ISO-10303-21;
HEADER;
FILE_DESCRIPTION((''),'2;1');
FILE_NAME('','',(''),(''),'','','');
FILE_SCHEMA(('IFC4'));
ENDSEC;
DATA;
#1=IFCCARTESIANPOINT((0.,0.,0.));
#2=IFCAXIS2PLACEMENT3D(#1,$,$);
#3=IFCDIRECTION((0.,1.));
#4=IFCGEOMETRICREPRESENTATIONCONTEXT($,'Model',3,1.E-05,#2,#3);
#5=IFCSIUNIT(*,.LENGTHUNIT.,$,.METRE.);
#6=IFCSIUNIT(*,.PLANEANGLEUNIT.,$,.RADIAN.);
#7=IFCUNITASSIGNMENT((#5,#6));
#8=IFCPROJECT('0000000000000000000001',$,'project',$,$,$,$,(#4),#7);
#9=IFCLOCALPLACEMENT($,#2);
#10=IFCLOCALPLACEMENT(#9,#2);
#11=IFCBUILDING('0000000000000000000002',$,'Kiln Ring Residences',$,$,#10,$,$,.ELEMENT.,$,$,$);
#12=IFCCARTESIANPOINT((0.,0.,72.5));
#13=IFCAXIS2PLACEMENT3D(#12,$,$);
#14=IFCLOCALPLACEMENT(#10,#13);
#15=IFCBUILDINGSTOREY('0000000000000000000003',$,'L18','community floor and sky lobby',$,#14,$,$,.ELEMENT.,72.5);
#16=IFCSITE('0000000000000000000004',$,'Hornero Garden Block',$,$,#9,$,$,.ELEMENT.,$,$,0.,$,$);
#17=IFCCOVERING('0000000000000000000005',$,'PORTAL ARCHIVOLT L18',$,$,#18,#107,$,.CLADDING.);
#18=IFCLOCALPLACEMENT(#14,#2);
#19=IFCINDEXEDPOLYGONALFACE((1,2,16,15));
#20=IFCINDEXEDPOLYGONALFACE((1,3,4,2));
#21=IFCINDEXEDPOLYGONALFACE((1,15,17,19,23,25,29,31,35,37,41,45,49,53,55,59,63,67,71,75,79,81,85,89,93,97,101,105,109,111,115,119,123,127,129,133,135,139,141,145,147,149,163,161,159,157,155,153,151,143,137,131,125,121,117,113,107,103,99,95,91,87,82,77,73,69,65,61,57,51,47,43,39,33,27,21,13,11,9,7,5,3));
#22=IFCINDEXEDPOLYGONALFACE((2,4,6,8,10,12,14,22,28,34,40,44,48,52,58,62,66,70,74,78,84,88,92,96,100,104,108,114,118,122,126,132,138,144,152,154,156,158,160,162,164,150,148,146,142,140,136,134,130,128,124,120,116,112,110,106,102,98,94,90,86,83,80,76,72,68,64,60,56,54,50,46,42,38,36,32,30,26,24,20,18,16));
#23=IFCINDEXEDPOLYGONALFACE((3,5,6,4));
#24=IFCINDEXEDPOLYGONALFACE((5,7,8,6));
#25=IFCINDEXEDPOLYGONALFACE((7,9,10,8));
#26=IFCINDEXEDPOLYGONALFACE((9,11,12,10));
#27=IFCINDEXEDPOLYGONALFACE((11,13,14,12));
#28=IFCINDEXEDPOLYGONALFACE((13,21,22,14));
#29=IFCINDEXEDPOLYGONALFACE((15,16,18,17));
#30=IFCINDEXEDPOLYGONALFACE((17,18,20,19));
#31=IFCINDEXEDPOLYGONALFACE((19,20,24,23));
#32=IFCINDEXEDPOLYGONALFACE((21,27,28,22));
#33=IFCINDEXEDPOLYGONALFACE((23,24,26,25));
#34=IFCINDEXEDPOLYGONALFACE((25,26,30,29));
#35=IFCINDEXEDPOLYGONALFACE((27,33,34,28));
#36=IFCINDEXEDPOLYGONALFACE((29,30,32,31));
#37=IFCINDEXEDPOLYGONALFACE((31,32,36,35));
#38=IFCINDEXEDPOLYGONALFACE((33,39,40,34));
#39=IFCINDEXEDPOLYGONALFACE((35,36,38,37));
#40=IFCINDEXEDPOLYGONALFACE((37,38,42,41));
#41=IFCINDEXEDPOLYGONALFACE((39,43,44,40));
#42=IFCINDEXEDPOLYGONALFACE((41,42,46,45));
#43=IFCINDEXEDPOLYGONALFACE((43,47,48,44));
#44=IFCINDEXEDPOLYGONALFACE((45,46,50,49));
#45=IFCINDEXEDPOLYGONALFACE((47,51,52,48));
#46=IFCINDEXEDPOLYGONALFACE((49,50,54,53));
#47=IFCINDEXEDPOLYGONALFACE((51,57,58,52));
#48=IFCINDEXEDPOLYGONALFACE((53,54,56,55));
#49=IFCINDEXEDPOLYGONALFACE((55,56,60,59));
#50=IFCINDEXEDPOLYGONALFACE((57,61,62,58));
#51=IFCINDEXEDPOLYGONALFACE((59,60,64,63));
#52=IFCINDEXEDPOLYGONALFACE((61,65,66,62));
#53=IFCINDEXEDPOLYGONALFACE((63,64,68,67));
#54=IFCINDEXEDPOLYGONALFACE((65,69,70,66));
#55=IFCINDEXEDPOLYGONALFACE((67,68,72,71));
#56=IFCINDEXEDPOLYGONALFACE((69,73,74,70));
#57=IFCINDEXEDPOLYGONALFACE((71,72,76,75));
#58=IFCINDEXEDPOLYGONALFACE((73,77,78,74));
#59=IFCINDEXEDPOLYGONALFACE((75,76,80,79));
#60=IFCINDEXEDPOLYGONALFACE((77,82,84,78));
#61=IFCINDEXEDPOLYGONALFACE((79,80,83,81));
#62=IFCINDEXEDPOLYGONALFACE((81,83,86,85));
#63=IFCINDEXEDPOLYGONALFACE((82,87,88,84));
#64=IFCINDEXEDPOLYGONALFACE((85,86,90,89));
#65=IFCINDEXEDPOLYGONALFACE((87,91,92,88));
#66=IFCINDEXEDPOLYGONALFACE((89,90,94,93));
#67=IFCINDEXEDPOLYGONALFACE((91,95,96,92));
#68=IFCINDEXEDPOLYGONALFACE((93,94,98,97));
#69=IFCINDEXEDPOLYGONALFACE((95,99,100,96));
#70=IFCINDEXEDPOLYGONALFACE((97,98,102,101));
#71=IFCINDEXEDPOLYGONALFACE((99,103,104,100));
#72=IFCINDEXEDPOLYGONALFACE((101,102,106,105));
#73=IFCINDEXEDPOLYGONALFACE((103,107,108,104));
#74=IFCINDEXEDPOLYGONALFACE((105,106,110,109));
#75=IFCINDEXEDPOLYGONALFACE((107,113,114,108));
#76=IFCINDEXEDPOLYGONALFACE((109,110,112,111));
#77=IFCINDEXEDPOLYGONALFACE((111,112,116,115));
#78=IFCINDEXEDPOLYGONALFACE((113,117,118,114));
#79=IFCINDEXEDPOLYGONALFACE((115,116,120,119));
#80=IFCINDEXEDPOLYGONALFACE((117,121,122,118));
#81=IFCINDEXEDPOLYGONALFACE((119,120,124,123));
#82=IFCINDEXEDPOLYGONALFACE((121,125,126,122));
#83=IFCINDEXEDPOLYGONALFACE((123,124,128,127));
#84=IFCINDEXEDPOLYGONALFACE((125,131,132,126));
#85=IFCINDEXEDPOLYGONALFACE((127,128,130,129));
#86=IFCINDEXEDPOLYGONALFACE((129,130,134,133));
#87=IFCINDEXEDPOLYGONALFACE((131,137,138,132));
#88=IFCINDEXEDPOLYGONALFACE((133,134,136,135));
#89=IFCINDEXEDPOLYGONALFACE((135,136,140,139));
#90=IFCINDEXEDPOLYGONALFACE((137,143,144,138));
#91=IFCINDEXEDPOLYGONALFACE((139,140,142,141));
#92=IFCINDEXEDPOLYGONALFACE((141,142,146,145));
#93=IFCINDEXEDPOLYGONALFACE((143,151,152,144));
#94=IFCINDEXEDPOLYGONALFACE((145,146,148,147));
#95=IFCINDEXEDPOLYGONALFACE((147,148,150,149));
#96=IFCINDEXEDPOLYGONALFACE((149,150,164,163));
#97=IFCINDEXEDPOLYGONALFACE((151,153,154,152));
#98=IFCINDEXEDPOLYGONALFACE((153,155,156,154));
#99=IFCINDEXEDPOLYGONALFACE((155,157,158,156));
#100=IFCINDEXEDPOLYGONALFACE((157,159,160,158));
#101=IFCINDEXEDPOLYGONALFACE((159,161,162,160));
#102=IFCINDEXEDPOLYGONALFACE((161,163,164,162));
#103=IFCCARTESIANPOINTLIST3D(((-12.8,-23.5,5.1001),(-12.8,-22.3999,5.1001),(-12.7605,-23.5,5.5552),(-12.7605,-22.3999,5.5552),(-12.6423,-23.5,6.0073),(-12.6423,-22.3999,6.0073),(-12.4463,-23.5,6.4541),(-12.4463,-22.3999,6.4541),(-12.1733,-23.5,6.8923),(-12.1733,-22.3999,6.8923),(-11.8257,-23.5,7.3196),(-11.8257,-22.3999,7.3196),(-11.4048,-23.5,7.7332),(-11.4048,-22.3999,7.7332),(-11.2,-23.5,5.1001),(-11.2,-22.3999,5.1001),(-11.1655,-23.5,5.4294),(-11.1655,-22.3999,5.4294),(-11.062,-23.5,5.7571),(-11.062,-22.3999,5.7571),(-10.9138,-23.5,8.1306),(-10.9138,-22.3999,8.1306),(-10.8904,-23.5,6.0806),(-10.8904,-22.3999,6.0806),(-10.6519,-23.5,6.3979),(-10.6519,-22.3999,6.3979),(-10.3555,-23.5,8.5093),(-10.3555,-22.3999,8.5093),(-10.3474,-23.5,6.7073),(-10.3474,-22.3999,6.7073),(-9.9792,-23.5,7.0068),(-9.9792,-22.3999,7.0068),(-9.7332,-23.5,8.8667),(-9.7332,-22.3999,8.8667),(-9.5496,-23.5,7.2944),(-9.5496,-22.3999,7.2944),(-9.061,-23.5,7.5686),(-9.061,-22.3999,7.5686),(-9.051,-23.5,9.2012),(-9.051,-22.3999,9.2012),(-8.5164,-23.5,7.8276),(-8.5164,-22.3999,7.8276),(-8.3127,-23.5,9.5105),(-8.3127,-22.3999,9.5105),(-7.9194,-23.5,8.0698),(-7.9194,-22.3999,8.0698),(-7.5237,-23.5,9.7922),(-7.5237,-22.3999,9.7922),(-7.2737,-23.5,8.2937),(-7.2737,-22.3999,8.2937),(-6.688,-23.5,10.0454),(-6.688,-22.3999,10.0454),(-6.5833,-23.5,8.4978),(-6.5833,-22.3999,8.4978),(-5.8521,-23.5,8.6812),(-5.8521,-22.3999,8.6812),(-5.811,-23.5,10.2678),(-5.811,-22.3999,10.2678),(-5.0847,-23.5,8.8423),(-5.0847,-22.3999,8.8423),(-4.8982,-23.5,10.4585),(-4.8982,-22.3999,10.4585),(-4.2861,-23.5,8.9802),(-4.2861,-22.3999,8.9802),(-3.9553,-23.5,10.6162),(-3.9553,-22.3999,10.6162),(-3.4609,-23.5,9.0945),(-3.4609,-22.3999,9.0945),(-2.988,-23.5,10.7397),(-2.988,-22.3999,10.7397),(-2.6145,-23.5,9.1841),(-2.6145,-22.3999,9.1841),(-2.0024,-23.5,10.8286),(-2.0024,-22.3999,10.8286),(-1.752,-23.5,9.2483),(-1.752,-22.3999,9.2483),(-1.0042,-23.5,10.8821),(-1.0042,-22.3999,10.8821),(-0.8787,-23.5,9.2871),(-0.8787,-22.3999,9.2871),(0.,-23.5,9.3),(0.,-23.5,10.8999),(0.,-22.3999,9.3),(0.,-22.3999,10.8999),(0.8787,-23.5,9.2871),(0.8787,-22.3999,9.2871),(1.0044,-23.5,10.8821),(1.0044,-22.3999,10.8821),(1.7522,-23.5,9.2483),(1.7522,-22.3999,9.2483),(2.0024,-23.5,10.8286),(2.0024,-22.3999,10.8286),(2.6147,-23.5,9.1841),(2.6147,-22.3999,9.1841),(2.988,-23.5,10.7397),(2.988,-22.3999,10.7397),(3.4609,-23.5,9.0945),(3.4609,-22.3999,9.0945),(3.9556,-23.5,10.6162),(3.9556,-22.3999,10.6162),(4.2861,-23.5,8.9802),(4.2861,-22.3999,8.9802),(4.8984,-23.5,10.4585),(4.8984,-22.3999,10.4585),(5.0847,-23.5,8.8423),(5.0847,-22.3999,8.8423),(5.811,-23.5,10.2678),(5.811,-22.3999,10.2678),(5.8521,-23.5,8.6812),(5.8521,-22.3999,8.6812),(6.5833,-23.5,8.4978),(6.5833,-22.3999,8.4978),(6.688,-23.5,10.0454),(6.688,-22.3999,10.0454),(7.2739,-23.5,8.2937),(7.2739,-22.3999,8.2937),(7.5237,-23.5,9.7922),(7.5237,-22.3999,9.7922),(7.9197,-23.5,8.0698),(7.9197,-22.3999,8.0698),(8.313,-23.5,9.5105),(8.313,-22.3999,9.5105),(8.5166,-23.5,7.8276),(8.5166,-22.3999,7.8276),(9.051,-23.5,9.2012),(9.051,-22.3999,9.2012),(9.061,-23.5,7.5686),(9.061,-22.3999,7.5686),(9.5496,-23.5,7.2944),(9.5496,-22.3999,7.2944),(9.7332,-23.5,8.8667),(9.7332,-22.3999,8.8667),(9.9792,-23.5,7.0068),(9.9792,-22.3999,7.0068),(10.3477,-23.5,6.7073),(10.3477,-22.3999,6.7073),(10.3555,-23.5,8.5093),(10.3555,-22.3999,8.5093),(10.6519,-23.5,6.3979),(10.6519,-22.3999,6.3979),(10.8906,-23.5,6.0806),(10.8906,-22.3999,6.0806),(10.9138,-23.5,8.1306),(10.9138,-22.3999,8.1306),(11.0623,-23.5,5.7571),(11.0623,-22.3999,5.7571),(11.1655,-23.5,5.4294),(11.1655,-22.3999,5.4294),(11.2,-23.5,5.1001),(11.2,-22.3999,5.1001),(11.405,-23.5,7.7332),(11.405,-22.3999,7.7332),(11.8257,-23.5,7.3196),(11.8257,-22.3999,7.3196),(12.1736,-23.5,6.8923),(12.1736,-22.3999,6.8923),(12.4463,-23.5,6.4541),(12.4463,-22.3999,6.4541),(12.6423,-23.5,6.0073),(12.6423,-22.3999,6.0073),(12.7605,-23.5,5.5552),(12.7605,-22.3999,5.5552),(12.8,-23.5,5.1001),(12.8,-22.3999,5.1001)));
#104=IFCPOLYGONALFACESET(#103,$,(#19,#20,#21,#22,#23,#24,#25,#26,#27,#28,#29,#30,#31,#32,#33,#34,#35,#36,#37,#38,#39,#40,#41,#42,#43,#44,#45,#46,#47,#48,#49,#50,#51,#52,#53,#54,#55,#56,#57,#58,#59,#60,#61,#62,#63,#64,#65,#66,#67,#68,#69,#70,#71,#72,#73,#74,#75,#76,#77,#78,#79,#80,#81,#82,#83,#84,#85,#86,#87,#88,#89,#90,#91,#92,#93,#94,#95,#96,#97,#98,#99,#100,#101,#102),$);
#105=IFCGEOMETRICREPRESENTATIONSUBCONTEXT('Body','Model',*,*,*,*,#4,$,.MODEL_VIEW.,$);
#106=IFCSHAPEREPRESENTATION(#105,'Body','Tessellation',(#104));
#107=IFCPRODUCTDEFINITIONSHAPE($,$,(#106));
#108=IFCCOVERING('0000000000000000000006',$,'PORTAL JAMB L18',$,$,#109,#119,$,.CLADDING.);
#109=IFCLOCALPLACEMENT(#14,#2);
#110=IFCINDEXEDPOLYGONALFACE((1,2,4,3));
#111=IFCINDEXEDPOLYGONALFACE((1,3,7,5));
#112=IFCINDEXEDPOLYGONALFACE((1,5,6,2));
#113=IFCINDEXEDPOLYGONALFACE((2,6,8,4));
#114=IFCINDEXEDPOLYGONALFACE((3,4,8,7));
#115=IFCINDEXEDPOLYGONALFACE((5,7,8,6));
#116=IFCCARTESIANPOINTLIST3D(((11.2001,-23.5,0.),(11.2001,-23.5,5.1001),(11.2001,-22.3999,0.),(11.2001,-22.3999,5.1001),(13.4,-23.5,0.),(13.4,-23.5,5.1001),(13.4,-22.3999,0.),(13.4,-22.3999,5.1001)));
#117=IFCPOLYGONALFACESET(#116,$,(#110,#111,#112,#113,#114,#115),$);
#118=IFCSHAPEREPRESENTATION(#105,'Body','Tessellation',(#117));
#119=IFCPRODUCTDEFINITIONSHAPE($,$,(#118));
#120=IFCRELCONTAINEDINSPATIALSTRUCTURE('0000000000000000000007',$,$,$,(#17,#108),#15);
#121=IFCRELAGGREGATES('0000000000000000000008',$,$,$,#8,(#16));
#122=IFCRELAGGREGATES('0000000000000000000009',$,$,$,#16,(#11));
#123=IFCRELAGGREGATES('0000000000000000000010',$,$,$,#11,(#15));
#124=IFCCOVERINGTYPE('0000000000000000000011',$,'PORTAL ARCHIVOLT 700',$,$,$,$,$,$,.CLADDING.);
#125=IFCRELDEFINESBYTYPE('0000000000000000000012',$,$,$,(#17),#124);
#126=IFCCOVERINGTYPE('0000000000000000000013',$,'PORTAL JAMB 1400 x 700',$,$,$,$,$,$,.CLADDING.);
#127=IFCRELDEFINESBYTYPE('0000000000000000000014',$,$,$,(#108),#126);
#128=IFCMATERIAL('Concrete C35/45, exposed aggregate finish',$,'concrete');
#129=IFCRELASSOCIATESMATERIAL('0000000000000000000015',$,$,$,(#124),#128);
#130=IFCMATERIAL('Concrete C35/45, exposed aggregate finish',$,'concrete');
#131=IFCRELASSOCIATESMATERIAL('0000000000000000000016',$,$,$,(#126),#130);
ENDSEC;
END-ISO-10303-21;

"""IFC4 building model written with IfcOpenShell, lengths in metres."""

from ifc_helpers import new_model, si_unit, direction, frame, origin, origin_2d, place, context, subcontext, project, spatial, polyline, rectangle, outline, extrude, material, type_object, element, save


model = new_model("IFC4")

# Units and contexts
model_context = context("Model", 3, precision=1e-05, world=origin(), true_north=direction((0.0, 1.0)))
body_context = subcontext(model_context, "Body", "Model", "MODEL_VIEW")
ifc_project = project(units=[si_unit("LENGTHUNIT", "METRE"), si_unit("PLANEANGLEUNIT", "RADIAN")], contexts=[model_context])

# Site, building, storey
site_placement = place(None, origin())
site = spatial("IfcSite", under=ifc_project, at=site_placement, Name="Hornero Garden Block", CompositionType="ELEMENT", RefElevation=0.0)
building_placement = place(site_placement, origin())
building = spatial("IfcBuilding", under=site, at=building_placement, Name="Kiln Ring Residences", CompositionType="ELEMENT")
storey_placement = place(building_placement, frame((0.0, 0.0, 72.5)))
storey = spatial("IfcBuildingStorey", under=building, at=storey_placement, Name="L18", Description="community floor and sky lobby", CompositionType="ELEMENT", Elevation=72.5)

# Coverings
ifc_material_1 = material(Name="Concrete C35/45, exposed aggregate finish", Category="concrete")
covering_type_1 = type_object("IfcCoveringType", Name="PORTAL ARCHIVOLT 700", PredefinedType="CLADDING", material=ifc_material_1)
covering_1_placement = place(storey_placement, frame((12.8, -22.95, 5.1001), z_axis=(0.0, 0.0, 1.0), x_axis=(-1.0, 0.0, 0.0)))
element("IfcCovering", 1, at=covering_1_placement, inside=storey, type_object=covering_type_1, Name="PORTAL ARCHIVOLT L18", PredefinedType="CLADDING", context=body_context, shape_type="SweptSolid", body=[
    extrude(outline(polyline([(0.0, 0.0), (0.0396, 0.4551), (0.1577, 0.9072), (0.3538, 1.354), (0.6265, 1.7922), (0.9744, 2.2195), (1.395, 2.6331), (1.8862, 3.0305), (2.4446, 3.4092), (3.0669, 3.7666), (3.749, 4.1011), (4.4871, 4.4104), (5.2764, 4.6921), (6.1121, 4.9453), (6.989, 5.1677), (7.9016, 5.3584), (8.8445, 5.5161), (9.812, 5.6396), (10.7976, 5.7285), (11.7957, 5.782), (12.8, 5.7998), (13.8042, 5.782), (14.8025, 5.7285), (15.7881, 5.6396), (16.7554, 5.5161), (17.6982, 5.3584), (18.6111, 5.1677), (19.488, 4.9453), (20.3237, 4.6921), (21.1128, 4.4104), (21.8511, 4.1011), (22.5332, 3.7666), (23.1555, 3.4092), (23.7139, 3.0305), (24.2048, 2.6331), (24.6257, 2.2195), (24.9734, 1.7922), (25.2463, 1.354), (25.4424, 0.9072), (25.5605, 0.4551), (25.6001, 0.0), (24.0, 0.0), (23.9656, 0.3293), (23.8621, 0.657), (23.6904, 0.9805), (23.4519, 1.2979), (23.1475, 1.6072), (22.7793, 1.9067), (22.3496, 2.1943), (21.8611, 2.4685), (21.3164, 2.7275), (20.7195, 2.9697), (20.0737, 3.1936), (19.3833, 3.3977), (18.6521, 3.5811), (17.8848, 3.7422), (17.0862, 3.8801), (16.261, 3.9944), (15.4146, 4.084), (14.552, 4.1482), (13.6787, 4.187), (12.8, 4.2), (11.9214, 4.187), (11.0479, 4.1482), (10.1853, 4.084), (9.3391, 3.9944), (8.5139, 3.8801), (7.7153, 3.7422), (6.948, 3.5811), (6.2168, 3.3977), (5.5261, 3.1936), (4.8804, 2.9697), (4.2834, 2.7275), (3.739, 2.4685), (3.2505, 2.1943), (2.8208, 1.9067), (2.4524, 1.6072), (2.1482, 1.2979), (1.9094, 0.9805), (1.7378, 0.657), (1.6345, 0.3293), (1.6001, 0.0), (0.0, 0.0)])), frame((0.0, 0.55, 0.0), z_axis=(0.0, -1.0, 0.0), x_axis=(1.0, 0.0, 0.0)), (0.0, 0.0, 1.0), 1.1001),
])
ifc_material_2 = material(Name="Concrete C35/45, exposed aggregate finish", Category="concrete")
covering_type_2 = type_object("IfcCoveringType", Name="PORTAL JAMB 1400 x 700", PredefinedType="CLADDING", material=ifc_material_2)
covering_2_placement = place(storey_placement, frame((12.3, -22.95, 0.0), z_axis=(0.0, 0.0, 1.0), x_axis=(1.0, 0.0, 0.0)))
element("IfcCovering", 2, at=covering_2_placement, inside=storey, type_object=covering_type_2, Name="PORTAL JAMB L18", PredefinedType="CLADDING", context=body_context, shape_type="SweptSolid", body=[
    extrude(rectangle(XDim=2.2, YDim=1.1001, at=origin_2d()), origin(), (0.0, 0.0, 1.0), 5.1001),
])

save(model, "model.ifc")
